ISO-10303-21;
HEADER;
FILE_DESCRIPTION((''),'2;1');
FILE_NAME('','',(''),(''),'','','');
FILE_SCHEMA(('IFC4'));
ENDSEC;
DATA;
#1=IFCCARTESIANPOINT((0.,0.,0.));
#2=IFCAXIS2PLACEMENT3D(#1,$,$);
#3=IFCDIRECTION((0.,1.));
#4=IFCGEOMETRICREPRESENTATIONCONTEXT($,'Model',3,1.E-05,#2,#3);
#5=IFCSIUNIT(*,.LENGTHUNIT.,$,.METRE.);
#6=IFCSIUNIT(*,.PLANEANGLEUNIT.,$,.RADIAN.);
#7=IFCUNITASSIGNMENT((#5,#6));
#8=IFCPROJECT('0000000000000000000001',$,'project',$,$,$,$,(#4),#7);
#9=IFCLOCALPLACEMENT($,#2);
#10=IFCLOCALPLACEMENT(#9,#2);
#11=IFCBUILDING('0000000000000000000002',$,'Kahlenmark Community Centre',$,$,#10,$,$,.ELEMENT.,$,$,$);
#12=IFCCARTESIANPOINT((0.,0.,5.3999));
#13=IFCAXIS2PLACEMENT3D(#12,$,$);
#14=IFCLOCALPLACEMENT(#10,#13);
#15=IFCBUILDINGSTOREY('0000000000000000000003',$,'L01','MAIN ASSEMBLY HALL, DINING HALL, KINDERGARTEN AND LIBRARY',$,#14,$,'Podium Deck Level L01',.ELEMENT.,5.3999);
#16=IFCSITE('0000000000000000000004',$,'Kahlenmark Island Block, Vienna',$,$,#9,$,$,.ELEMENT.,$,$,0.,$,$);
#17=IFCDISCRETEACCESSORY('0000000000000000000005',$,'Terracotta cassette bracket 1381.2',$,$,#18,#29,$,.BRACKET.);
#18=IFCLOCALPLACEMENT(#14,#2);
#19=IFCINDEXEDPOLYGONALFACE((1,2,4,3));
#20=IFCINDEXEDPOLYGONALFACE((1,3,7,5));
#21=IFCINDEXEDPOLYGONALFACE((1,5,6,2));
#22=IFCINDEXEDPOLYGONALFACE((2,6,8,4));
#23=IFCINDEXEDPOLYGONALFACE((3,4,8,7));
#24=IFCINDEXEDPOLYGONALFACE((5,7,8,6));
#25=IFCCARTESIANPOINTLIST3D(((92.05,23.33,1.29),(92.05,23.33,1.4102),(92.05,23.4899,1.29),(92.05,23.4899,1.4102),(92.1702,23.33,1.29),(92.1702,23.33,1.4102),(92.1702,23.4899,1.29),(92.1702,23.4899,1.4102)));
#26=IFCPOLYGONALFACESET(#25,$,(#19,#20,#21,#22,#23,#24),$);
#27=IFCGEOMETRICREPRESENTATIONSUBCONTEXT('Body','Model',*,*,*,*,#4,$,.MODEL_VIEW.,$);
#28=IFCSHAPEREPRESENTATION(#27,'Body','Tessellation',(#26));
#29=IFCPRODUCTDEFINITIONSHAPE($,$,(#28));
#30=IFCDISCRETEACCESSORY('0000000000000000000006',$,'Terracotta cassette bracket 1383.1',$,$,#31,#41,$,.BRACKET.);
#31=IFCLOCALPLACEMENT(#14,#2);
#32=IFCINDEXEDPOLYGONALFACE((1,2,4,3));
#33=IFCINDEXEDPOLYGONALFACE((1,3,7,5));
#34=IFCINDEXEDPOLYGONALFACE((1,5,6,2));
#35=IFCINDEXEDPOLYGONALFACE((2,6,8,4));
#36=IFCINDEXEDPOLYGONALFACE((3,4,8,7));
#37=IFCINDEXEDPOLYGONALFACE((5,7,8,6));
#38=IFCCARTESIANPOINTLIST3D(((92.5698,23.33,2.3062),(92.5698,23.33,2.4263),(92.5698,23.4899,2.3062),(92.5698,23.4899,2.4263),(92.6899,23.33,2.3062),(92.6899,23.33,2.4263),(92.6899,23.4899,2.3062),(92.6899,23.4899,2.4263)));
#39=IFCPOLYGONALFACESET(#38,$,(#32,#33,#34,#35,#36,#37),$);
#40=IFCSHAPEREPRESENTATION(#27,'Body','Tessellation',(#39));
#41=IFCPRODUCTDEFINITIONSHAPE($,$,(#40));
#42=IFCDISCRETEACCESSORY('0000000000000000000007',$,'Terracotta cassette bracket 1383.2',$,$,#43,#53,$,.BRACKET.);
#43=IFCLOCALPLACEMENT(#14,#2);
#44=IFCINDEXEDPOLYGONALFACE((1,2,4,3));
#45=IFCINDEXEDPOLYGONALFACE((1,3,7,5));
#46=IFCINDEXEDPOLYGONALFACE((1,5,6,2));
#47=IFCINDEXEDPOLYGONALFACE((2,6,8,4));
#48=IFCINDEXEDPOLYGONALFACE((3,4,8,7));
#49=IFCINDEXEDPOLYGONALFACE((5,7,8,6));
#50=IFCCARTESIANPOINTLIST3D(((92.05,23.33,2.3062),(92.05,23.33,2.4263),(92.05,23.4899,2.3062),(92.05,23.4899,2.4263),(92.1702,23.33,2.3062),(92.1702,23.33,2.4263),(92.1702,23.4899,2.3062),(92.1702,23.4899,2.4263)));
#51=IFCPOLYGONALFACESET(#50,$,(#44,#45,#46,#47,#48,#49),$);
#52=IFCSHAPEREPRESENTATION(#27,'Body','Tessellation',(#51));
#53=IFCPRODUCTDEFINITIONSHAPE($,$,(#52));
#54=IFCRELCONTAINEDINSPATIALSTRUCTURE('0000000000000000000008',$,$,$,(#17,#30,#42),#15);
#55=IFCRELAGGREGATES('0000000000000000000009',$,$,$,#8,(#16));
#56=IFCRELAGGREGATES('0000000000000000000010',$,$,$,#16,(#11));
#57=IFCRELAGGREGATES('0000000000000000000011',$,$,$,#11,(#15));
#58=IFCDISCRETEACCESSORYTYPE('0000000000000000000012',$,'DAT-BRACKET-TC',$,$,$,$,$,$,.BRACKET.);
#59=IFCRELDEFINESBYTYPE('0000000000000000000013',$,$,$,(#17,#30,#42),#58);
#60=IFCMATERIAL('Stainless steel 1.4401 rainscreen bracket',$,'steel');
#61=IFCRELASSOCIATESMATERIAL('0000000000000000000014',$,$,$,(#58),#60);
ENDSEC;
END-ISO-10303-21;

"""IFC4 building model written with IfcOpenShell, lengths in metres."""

from ifc_helpers import new_model, si_unit, direction, frame, origin, origin_2d, place, context, subcontext, project, spatial, rectangle, extrude, material, type_object, element, save


model = new_model("IFC4")

# Units and contexts
model_context = context("Model", 3, precision=1e-05, world=origin(), true_north=direction((0.0, 1.0)))
body_context = subcontext(model_context, "Body", "Model", "MODEL_VIEW")
ifc_project = project(units=[si_unit("LENGTHUNIT", "METRE"), si_unit("PLANEANGLEUNIT", "RADIAN")], contexts=[model_context])

# Site, building, storey
site_placement = place(None, origin())
site = spatial("IfcSite", under=ifc_project, at=site_placement, Name="Kahlenmark Island Block, Vienna", CompositionType="ELEMENT", RefElevation=0.0)
building_placement = place(site_placement, origin())
building = spatial("IfcBuilding", under=site, at=building_placement, Name="Kahlenmark Community Centre", CompositionType="ELEMENT")
storey_placement = place(building_placement, frame((0.0, 0.0, 5.3999)))
storey = spatial("IfcBuildingStorey", under=building, at=storey_placement, Name="L01", Description="MAIN ASSEMBLY HALL, DINING HALL, KINDERGARTEN AND LIBRARY", LongName="Podium Deck Level L01", CompositionType="ELEMENT", Elevation=5.3999)

# Discrete accessories
ifc_material_1 = material(Name="Stainless steel 1.4401 rainscreen bracket", Category="steel")
discrete_accessory_type = type_object("IfcDiscreteAccessoryType", Name="DAT-BRACKET-TC", PredefinedType="BRACKET", material=ifc_material_1)
for number, where, z_axis, x_axis, name in (
    (1, (92.1101, 23.4099, 1.29), (0.0, 0.0, 1.0), (-1.0, 0.0, 0.0), "Terracotta cassette bracket 1381.2"),
    (2, (92.6299, 23.4099, 2.3062), (0.0, 0.0, 1.0), (-1.0, 0.0, 0.0), "Terracotta cassette bracket 1383.1"),
    (3, (92.1101, 23.4099, 2.3062), (0.0, 0.0, 1.0), (-1.0, 0.0, 0.0), "Terracotta cassette bracket 1383.2"),
):
    element("IfcDiscreteAccessory", number, at=place(storey_placement, frame(where, z_axis=z_axis, x_axis=x_axis)), inside=storey, type_object=discrete_accessory_type, Name=name, PredefinedType="BRACKET", context=body_context, shape_type="SweptSolid", body=[
        extrude(rectangle(XDim=0.1201, YDim=0.1599, at=origin_2d()), origin(), (0.0, 0.0, 1.0), 0.1201),
    ])

save(model, "model.ifc")
